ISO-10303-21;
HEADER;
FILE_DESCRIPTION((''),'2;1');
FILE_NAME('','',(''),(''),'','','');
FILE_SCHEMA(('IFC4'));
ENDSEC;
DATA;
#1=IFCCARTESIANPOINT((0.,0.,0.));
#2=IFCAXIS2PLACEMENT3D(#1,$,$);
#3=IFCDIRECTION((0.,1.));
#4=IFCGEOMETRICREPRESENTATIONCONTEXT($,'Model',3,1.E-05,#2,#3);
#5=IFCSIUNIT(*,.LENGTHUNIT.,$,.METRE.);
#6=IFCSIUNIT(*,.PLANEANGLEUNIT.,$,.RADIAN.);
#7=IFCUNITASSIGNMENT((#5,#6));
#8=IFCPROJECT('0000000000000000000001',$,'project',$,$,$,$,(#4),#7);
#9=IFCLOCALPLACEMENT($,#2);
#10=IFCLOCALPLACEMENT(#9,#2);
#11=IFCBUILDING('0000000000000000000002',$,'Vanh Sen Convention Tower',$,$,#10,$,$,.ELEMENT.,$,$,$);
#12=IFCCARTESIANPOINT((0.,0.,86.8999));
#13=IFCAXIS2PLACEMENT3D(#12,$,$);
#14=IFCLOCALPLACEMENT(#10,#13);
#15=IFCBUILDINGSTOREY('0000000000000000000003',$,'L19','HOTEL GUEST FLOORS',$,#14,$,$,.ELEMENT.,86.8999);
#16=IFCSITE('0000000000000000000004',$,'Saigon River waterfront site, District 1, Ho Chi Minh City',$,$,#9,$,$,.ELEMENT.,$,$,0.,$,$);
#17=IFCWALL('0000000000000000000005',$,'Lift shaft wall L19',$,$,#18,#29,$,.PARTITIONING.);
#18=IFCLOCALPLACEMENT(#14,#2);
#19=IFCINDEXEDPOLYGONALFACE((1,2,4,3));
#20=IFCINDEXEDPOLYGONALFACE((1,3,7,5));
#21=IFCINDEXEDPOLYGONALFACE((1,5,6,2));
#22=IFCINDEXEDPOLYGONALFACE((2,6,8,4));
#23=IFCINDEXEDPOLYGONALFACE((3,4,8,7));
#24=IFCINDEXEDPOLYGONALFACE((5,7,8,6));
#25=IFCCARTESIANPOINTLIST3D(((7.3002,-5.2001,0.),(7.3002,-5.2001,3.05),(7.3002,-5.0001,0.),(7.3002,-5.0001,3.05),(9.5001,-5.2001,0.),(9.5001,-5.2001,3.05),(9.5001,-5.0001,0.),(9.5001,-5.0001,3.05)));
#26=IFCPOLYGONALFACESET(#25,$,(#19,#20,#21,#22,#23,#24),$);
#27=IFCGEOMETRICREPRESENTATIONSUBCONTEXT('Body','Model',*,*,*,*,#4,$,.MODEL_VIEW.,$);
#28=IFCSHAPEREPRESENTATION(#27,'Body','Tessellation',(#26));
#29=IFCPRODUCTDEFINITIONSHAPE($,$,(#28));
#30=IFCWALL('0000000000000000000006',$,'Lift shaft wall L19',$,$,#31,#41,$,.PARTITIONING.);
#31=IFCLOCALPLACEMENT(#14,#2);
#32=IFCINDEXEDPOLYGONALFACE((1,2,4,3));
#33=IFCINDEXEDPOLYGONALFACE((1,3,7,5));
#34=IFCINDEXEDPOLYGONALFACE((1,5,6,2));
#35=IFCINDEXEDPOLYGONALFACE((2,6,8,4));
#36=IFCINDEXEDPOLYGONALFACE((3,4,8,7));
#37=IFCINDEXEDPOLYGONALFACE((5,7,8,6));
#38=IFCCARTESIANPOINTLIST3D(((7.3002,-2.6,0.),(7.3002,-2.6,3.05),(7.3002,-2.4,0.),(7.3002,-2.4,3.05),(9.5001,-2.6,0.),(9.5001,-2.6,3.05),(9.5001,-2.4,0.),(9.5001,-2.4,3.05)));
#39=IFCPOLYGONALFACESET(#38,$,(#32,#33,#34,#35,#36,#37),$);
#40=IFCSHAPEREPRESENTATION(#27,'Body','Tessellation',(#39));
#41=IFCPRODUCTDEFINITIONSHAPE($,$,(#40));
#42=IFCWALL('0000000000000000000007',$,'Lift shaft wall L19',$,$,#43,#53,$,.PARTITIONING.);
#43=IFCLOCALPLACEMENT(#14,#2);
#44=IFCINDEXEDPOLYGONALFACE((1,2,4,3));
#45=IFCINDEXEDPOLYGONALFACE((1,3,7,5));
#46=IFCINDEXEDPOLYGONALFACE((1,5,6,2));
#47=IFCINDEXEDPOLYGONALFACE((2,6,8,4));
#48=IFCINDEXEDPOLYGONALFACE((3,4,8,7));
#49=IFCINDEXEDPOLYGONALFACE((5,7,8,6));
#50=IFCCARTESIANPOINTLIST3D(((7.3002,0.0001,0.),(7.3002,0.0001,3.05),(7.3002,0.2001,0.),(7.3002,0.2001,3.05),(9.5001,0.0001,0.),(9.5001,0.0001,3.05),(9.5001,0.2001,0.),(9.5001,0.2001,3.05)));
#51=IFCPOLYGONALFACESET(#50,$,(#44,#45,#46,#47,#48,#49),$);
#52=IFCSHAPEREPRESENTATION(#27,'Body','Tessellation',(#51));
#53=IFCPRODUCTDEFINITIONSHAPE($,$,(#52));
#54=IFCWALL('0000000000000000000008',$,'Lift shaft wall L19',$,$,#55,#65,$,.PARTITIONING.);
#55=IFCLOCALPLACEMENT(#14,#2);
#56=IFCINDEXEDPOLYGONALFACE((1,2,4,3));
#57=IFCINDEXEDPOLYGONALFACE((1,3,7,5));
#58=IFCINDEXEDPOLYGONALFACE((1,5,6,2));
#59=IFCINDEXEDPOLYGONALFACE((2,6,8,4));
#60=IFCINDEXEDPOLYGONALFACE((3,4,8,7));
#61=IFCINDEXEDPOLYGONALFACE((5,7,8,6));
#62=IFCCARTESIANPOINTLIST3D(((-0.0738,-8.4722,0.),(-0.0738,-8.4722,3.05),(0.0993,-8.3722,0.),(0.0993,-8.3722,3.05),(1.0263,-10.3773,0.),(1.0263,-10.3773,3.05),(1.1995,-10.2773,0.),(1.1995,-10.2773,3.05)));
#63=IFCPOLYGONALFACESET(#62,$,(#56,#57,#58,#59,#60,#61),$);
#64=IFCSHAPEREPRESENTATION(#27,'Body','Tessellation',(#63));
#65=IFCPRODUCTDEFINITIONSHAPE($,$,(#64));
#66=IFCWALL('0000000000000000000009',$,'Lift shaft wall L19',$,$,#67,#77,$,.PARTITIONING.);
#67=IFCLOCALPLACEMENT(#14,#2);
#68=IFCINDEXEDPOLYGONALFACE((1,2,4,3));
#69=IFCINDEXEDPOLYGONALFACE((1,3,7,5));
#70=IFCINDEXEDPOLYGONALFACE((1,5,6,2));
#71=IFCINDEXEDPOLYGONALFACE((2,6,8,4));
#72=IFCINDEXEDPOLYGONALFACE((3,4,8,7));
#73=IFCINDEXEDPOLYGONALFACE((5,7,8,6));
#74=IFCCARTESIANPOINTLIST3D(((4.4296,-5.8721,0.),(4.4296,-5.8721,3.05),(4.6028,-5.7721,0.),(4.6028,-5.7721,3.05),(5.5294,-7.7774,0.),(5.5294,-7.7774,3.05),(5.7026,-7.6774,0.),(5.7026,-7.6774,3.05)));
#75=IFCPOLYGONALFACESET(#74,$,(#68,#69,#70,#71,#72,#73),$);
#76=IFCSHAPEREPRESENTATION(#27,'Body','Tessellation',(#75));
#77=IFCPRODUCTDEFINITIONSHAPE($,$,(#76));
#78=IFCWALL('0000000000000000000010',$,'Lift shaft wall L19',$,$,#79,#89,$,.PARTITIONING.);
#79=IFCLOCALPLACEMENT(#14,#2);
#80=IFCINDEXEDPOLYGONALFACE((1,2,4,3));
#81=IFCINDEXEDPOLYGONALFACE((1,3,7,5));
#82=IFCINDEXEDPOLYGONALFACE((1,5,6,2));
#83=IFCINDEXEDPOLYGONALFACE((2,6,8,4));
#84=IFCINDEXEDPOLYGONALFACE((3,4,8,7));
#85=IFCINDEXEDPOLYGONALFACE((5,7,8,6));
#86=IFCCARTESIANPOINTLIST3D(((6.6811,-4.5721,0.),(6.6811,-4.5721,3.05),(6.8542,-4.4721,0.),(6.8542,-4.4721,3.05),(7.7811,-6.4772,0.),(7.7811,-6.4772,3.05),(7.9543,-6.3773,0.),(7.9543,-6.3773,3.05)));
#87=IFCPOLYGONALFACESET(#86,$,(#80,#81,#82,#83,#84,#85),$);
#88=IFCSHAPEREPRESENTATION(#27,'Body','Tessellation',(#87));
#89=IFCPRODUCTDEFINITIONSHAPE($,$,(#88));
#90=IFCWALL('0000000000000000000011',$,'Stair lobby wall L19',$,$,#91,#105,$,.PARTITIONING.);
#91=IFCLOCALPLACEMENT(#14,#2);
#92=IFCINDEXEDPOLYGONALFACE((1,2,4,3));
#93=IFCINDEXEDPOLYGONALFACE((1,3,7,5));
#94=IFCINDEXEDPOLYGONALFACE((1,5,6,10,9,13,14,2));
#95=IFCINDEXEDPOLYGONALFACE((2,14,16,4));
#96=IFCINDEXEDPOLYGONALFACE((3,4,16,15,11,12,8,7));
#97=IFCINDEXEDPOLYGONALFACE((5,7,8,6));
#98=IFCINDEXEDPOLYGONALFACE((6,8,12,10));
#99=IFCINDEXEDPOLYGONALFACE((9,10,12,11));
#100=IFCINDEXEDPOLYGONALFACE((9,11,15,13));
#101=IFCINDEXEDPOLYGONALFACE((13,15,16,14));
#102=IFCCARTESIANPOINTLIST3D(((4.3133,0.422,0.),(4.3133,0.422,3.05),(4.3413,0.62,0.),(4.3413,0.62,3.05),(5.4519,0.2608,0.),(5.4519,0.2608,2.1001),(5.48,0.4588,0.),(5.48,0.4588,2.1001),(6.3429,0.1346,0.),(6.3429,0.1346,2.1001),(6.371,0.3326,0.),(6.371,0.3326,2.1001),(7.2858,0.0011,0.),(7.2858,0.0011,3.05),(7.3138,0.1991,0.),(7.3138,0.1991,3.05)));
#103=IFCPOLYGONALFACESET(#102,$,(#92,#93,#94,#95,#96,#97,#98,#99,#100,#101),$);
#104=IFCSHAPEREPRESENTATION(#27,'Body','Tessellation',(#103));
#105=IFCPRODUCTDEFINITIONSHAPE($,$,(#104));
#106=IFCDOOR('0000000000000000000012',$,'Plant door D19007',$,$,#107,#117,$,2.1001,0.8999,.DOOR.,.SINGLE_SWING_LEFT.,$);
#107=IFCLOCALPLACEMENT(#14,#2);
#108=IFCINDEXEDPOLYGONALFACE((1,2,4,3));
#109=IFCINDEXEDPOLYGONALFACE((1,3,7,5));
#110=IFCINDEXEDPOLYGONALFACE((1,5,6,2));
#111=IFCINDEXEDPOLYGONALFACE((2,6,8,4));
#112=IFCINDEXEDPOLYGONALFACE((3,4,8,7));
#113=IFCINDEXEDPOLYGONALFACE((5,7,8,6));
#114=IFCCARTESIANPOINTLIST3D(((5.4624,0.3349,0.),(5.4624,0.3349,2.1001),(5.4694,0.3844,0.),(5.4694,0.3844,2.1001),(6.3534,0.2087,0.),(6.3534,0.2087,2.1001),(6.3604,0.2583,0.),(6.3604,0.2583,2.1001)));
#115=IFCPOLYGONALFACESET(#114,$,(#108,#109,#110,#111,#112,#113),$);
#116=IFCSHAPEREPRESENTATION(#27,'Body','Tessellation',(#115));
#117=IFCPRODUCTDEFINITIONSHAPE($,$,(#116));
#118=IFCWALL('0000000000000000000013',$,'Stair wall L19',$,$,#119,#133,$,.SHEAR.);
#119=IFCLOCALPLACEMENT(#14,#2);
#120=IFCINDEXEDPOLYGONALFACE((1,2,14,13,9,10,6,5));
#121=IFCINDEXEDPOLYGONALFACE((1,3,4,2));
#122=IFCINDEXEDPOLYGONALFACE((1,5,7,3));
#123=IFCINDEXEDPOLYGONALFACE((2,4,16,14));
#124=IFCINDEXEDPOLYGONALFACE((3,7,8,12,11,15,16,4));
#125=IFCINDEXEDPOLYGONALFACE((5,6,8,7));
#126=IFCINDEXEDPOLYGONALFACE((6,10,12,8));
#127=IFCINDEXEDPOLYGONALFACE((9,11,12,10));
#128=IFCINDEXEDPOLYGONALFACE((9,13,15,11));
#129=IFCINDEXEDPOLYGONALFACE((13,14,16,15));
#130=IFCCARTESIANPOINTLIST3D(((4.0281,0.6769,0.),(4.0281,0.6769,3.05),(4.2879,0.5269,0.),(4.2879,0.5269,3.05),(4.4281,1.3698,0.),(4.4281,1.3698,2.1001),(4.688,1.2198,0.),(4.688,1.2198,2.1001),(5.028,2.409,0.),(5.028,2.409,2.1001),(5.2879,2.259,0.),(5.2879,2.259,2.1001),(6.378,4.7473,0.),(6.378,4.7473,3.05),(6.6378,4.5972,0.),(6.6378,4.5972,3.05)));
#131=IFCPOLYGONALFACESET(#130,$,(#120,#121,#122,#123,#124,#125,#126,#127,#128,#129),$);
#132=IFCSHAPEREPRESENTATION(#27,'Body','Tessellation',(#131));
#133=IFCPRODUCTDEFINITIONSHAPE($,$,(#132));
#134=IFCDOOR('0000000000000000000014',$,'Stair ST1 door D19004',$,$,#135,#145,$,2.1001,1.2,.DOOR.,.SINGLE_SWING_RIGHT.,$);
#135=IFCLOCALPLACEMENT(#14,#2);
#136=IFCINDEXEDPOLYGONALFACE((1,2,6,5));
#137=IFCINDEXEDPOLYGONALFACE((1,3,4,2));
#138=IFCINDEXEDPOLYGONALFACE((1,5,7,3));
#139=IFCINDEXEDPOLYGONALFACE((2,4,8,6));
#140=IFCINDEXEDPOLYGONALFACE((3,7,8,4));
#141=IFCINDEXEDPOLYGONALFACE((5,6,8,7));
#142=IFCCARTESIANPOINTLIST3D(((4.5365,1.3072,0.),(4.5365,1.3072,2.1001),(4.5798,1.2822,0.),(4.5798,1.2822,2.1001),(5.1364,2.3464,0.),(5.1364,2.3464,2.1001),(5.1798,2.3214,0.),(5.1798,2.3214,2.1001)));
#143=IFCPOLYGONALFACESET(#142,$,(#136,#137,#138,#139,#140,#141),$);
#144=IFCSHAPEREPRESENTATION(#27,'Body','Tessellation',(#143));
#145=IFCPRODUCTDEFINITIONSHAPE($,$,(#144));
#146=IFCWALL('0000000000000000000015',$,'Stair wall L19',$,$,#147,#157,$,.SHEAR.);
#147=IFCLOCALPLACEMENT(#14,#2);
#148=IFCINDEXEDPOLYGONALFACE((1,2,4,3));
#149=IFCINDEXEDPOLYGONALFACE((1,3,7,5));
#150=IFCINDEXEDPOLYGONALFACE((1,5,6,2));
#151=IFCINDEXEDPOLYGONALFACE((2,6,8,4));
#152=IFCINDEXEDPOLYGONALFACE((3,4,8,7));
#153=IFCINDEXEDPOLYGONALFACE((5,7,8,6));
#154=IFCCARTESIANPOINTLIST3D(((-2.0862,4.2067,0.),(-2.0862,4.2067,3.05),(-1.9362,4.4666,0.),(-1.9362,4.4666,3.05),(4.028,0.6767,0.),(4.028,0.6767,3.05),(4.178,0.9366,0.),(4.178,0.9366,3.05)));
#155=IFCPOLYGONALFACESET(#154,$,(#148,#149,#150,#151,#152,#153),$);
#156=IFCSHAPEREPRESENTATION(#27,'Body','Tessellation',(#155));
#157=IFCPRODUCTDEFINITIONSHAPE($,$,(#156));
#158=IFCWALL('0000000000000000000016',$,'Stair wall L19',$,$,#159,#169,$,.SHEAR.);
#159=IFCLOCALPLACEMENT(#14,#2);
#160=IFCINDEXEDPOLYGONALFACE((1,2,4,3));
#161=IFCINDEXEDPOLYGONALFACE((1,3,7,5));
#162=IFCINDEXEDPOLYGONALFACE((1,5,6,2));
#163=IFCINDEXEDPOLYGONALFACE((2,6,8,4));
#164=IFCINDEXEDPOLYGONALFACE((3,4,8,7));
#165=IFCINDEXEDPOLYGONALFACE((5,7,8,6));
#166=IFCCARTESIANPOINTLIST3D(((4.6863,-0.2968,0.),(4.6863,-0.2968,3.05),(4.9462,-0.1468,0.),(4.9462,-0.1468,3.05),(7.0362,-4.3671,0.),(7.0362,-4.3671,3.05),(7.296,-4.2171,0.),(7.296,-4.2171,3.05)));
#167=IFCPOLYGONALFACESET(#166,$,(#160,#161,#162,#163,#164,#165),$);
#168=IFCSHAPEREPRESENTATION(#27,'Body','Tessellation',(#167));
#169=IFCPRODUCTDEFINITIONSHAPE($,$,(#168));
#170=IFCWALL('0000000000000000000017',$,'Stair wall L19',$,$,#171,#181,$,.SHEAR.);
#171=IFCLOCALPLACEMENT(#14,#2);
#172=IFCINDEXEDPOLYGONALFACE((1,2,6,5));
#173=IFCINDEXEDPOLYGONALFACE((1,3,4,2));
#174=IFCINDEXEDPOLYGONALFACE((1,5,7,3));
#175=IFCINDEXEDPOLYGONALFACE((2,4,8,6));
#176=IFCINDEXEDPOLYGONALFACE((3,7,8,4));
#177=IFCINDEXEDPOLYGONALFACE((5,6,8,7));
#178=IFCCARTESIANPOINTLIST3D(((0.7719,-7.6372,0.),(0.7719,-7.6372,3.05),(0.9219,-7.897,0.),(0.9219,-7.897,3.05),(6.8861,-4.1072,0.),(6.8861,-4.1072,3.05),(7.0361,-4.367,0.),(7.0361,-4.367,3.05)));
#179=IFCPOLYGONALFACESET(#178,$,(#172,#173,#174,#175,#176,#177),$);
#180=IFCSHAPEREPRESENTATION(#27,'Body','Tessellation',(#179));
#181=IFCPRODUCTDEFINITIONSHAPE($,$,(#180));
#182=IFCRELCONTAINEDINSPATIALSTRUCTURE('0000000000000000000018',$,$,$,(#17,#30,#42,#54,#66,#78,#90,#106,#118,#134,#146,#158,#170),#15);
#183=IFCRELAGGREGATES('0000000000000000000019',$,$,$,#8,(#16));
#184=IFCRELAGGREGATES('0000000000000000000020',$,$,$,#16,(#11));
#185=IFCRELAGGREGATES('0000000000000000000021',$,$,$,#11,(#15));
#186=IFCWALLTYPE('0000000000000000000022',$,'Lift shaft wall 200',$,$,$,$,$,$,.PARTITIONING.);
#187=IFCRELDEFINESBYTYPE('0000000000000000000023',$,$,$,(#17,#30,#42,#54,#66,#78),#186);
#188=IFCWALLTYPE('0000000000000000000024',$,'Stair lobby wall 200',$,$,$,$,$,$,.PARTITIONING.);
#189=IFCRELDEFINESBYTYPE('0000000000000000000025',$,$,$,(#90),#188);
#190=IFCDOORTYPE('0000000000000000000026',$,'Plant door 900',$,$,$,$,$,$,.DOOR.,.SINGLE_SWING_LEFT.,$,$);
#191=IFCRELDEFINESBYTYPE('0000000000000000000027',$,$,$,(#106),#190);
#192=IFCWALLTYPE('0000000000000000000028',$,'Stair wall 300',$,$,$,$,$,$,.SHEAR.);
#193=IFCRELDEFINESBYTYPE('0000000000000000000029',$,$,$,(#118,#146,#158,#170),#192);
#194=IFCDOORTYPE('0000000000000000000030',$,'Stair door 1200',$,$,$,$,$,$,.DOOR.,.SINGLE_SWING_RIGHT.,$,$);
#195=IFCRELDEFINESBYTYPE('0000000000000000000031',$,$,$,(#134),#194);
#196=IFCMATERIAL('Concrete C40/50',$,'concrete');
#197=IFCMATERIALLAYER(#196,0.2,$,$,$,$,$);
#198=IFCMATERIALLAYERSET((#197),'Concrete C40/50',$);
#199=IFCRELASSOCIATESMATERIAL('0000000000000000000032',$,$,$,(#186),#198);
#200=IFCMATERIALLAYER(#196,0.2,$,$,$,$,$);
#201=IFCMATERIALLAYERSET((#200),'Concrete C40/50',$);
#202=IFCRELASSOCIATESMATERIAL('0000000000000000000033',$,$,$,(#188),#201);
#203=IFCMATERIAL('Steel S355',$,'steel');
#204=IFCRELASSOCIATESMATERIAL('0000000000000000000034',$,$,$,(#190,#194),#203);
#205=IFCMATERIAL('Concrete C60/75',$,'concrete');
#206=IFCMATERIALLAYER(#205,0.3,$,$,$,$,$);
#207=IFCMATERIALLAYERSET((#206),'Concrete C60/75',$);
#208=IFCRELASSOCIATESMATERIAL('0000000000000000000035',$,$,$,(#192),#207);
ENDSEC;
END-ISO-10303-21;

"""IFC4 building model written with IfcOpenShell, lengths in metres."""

from ifc_helpers import new_model, si_unit, direction, frame, frame_2d, origin, place, context, subcontext, project, spatial, rectangle, extrude, material, layer, layer_set, type_object, element, fill, save


model = new_model("IFC4")

# Units and contexts
model_context = context("Model", 3, precision=1e-05, world=origin(), true_north=direction((0.0, 1.0)))
body_context = subcontext(model_context, "Body", "Model", "MODEL_VIEW")
ifc_project = project(units=[si_unit("LENGTHUNIT", "METRE"), si_unit("PLANEANGLEUNIT", "RADIAN")], contexts=[model_context])

# Site, building, storey
site_placement = place(None, origin())
site = spatial("IfcSite", under=ifc_project, at=site_placement, Name="Saigon River waterfront site, District 1, Ho Chi Minh City", CompositionType="ELEMENT", RefElevation=0.0)
building_placement = place(site_placement, origin())
building = spatial("IfcBuilding", under=site, at=building_placement, Name="Vanh Sen Convention Tower", CompositionType="ELEMENT")
storey_placement = place(building_placement, frame((0.0, 0.0, 86.8999)))
storey = spatial("IfcBuildingStorey", under=building, at=storey_placement, Name="L19", Description="HOTEL GUEST FLOORS", CompositionType="ELEMENT", Elevation=86.8999)

# Shared definitions
ifc_material_1 = material(Name="Concrete C40/50", Category="concrete")

# Shared definitions
ifc_material_2 = material(Name="Steel S355", Category="steel")

# Walls
ifc_material_3 = material(Name="Concrete C60/75", Category="concrete")
ifc_layer_1 = layer(ifc_material_1, 0.2)
ifc_layer_set_1 = layer_set([ifc_layer_1], Name="Concrete C40/50")
wall_type_1 = type_object("IfcWallType", Name="Lift shaft wall 200", PredefinedType="PARTITIONING", material=ifc_layer_set_1)
for number, where, z_axis, x_axis, name in (
    (1, (7.3, -5.1001, 0.0), (0.0, 0.0, 1.0), (1.0, 0.0, 0.0), "Lift shaft wall L19"),
    (2, (7.3, -2.5, 0.0), (0.0, 0.0, 1.0), (1.0, 0.0, 0.0), "Lift shaft wall L19"),
    (3, (7.3, 0.1001, 0.0), (0.0, 0.0, 1.0), (1.0, 0.0, 0.0), "Lift shaft wall L19"),
    (4, (0.0127, -8.4221, 0.0), (0.0, 0.0, 1.0), (0.500078, -0.86598, 0.0), "Lift shaft wall L19"),
    (5, (4.5161, -5.822, 0.0), (0.0, 0.0, 1.0), (0.499947, -0.866056, 0.0), "Lift shaft wall L19"),
    (6, (6.7676, -4.522, 0.0), (0.0, 0.0, 1.0), (0.50003, -0.866008, 0.0), "Lift shaft wall L19"),
):
    element("IfcWall", number, at=place(storey_placement, frame(where, z_axis=z_axis, x_axis=x_axis)), inside=storey, type_object=wall_type_1, Name=name, PredefinedType="PARTITIONING", context=body_context, shape_type="SweptSolid", body=[
        extrude(rectangle(XDim=2.2, YDim=0.2, at=frame_2d((1.1001, 0.0))), origin(), (0.0, 0.0, 1.0), 3.05),
    ])

# Walls, openings, doors
ifc_layer_2 = layer(ifc_material_1, 0.2)
ifc_layer_set_2 = layer_set([ifc_layer_2], Name="Concrete C40/50")
wall_type_2 = type_object("IfcWallType", Name="Stair lobby wall 200", PredefinedType="PARTITIONING", material=ifc_layer_set_2)
wall_1_placement = place(storey_placement, frame((4.3274, 0.521, 0.0), z_axis=(0.0, 0.0, 1.0), x_axis=(0.990124, -0.140192, 0.0)))
wall_1 = element("IfcWall", 7, at=wall_1_placement, inside=storey, type_object=wall_type_2, Name="Stair lobby wall L19", PredefinedType="PARTITIONING", context=body_context, shape_type="SweptSolid", body=[
    extrude(rectangle(XDim=3.0022, YDim=0.2, at=frame_2d((1.501, 0.0))), origin(), (0.0, 0.0, 1.0), 3.05),
])
opening_1_placement = place(wall_1_placement, frame((1.1499, 0.0, 0.0)))
opening_1 = element("IfcOpeningElement", 8, at=opening_1_placement, cuts=wall_1, PredefinedType="OPENING", context=body_context, shape_type="SweptSolid", body=[
    extrude(rectangle(XDim=0.8999, YDim=2.1001, at=frame_2d((0.45, 1.05))), frame((0.0, 0.1099, 0.0), z_axis=(0.0, -1.0, 0.0), x_axis=(1.0, 0.0, 0.0)), (0.0, 0.0, 1.0), 0.22),
])
door_type_1 = type_object("IfcDoorType", Name="Plant door 900", OperationType="SINGLE_SWING_LEFT", PredefinedType="DOOR", material=ifc_material_2)
door_1_placement = place(opening_1_placement, origin())
door_1 = element("IfcDoor", 9, at=door_1_placement, inside=storey, type_object=door_type_1, Name="Plant door D19007", OperationType="SINGLE_SWING_LEFT", OverallHeight=2.1001, OverallWidth=0.8999, PredefinedType="DOOR", context=body_context, shape_type="SweptSolid", body=[
    extrude(rectangle(XDim=0.8999, YDim=2.1001, at=frame_2d((0.45, 1.05))), frame((0.0, 0.0249, 0.0), z_axis=(0.0, -1.0, 0.0), x_axis=(1.0, 0.0, 0.0)), (0.0, 0.0, 1.0), 0.05),
])
fill(opening_1, door_1)
ifc_layer_3 = layer(ifc_material_3, 0.3)
ifc_layer_set_3 = layer_set([ifc_layer_3], Name="Concrete C60/75")
wall_type_3 = type_object("IfcWallType", Name="Stair wall 300", PredefinedType="SHEAR", material=ifc_layer_set_3)
wall_2_placement = place(storey_placement, frame((4.158, 0.6018, 0.0), z_axis=(0.0, 0.0, 1.0), x_axis=(0.499977, 0.866039, 0.0)))
wall_2 = element("IfcWall", 10, at=wall_2_placement, inside=storey, type_object=wall_type_3, Name="Stair wall L19", PredefinedType="SHEAR", context=body_context, shape_type="SweptSolid", body=[
    extrude(rectangle(XDim=4.7, YDim=0.3, at=frame_2d((2.3501, 0.0))), origin(), (0.0, 0.0, 1.0), 3.05),
])
opening_2_placement = place(wall_2_placement, frame((0.8, 0.0, 0.0)))
opening_2 = element("IfcOpeningElement", 11, at=opening_2_placement, cuts=wall_2, PredefinedType="OPENING", context=body_context, shape_type="SweptSolid", body=[
    extrude(rectangle(XDim=1.2, YDim=2.1001, at=frame_2d((0.6001, 1.05))), frame((0.0, 0.1599, 0.0), z_axis=(0.0, -1.0, 0.0), x_axis=(1.0, 0.0, 0.0)), (0.0, 0.0, 1.0), 0.3201),
])
door_type_2 = type_object("IfcDoorType", Name="Stair door 1200", OperationType="SINGLE_SWING_RIGHT", PredefinedType="DOOR", material=ifc_material_2)
door_2_placement = place(opening_2_placement, origin())
door_2 = element("IfcDoor", 12, at=door_2_placement, inside=storey, type_object=door_type_2, Name="Stair ST1 door D19004", OperationType="SINGLE_SWING_RIGHT", OverallHeight=2.1001, OverallWidth=1.2, PredefinedType="DOOR", context=body_context, shape_type="SweptSolid", body=[
    extrude(rectangle(XDim=1.2, YDim=2.1001, at=frame_2d((0.6001, 1.05))), frame((0.0, 0.0249, 0.0), z_axis=(0.0, -1.0, 0.0), x_axis=(1.0, 0.0, 0.0)), (0.0, 0.0, 1.0), 0.05),
])
fill(opening_2, door_2)

# Walls
wall_3_placement = place(storey_placement, frame((4.103, 0.8066, 0.0), z_axis=(0.0, 0.0, 1.0), x_axis=(-0.866028, 0.499996, 0.0)))
element("IfcWall", 13, at=wall_3_placement, inside=storey, type_object=wall_type_3, Name="Stair wall L19", PredefinedType="SHEAR", context=body_context, shape_type="SweptSolid", body=[
    extrude(rectangle(XDim=7.0601, YDim=0.3, at=frame_2d((3.53, 0.0))), origin(), (0.0, 0.0, 1.0), 3.05),
])
wall_4_placement = place(storey_placement, frame((4.8162, -0.2217, 0.0), z_axis=(0.0, 0.0, 1.0), x_axis=(0.499977, -0.866039, 0.0)))
element("IfcWall", 14, at=wall_4_placement, inside=storey, type_object=wall_type_3, Name="Stair wall L19", PredefinedType="SHEAR", context=body_context, shape_type="SweptSolid", body=[
    extrude(rectangle(XDim=4.7, YDim=0.3, at=frame_2d((2.3501, 0.0))), origin(), (0.0, 0.0, 1.0), 3.05),
])
wall_5_placement = place(storey_placement, frame((0.8469, -7.7671, 0.0), z_axis=(0.0, 0.0, 1.0), x_axis=(0.866028, 0.499996, 0.0)))
element("IfcWall", 15, at=wall_5_placement, inside=storey, type_object=wall_type_3, Name="Stair wall L19", PredefinedType="SHEAR", context=body_context, shape_type="SweptSolid", body=[
    extrude(rectangle(XDim=7.0601, YDim=0.3, at=frame_2d((3.53, 0.0))), origin(), (0.0, 0.0, 1.0), 3.05),
])

save(model, "model.ifc")
